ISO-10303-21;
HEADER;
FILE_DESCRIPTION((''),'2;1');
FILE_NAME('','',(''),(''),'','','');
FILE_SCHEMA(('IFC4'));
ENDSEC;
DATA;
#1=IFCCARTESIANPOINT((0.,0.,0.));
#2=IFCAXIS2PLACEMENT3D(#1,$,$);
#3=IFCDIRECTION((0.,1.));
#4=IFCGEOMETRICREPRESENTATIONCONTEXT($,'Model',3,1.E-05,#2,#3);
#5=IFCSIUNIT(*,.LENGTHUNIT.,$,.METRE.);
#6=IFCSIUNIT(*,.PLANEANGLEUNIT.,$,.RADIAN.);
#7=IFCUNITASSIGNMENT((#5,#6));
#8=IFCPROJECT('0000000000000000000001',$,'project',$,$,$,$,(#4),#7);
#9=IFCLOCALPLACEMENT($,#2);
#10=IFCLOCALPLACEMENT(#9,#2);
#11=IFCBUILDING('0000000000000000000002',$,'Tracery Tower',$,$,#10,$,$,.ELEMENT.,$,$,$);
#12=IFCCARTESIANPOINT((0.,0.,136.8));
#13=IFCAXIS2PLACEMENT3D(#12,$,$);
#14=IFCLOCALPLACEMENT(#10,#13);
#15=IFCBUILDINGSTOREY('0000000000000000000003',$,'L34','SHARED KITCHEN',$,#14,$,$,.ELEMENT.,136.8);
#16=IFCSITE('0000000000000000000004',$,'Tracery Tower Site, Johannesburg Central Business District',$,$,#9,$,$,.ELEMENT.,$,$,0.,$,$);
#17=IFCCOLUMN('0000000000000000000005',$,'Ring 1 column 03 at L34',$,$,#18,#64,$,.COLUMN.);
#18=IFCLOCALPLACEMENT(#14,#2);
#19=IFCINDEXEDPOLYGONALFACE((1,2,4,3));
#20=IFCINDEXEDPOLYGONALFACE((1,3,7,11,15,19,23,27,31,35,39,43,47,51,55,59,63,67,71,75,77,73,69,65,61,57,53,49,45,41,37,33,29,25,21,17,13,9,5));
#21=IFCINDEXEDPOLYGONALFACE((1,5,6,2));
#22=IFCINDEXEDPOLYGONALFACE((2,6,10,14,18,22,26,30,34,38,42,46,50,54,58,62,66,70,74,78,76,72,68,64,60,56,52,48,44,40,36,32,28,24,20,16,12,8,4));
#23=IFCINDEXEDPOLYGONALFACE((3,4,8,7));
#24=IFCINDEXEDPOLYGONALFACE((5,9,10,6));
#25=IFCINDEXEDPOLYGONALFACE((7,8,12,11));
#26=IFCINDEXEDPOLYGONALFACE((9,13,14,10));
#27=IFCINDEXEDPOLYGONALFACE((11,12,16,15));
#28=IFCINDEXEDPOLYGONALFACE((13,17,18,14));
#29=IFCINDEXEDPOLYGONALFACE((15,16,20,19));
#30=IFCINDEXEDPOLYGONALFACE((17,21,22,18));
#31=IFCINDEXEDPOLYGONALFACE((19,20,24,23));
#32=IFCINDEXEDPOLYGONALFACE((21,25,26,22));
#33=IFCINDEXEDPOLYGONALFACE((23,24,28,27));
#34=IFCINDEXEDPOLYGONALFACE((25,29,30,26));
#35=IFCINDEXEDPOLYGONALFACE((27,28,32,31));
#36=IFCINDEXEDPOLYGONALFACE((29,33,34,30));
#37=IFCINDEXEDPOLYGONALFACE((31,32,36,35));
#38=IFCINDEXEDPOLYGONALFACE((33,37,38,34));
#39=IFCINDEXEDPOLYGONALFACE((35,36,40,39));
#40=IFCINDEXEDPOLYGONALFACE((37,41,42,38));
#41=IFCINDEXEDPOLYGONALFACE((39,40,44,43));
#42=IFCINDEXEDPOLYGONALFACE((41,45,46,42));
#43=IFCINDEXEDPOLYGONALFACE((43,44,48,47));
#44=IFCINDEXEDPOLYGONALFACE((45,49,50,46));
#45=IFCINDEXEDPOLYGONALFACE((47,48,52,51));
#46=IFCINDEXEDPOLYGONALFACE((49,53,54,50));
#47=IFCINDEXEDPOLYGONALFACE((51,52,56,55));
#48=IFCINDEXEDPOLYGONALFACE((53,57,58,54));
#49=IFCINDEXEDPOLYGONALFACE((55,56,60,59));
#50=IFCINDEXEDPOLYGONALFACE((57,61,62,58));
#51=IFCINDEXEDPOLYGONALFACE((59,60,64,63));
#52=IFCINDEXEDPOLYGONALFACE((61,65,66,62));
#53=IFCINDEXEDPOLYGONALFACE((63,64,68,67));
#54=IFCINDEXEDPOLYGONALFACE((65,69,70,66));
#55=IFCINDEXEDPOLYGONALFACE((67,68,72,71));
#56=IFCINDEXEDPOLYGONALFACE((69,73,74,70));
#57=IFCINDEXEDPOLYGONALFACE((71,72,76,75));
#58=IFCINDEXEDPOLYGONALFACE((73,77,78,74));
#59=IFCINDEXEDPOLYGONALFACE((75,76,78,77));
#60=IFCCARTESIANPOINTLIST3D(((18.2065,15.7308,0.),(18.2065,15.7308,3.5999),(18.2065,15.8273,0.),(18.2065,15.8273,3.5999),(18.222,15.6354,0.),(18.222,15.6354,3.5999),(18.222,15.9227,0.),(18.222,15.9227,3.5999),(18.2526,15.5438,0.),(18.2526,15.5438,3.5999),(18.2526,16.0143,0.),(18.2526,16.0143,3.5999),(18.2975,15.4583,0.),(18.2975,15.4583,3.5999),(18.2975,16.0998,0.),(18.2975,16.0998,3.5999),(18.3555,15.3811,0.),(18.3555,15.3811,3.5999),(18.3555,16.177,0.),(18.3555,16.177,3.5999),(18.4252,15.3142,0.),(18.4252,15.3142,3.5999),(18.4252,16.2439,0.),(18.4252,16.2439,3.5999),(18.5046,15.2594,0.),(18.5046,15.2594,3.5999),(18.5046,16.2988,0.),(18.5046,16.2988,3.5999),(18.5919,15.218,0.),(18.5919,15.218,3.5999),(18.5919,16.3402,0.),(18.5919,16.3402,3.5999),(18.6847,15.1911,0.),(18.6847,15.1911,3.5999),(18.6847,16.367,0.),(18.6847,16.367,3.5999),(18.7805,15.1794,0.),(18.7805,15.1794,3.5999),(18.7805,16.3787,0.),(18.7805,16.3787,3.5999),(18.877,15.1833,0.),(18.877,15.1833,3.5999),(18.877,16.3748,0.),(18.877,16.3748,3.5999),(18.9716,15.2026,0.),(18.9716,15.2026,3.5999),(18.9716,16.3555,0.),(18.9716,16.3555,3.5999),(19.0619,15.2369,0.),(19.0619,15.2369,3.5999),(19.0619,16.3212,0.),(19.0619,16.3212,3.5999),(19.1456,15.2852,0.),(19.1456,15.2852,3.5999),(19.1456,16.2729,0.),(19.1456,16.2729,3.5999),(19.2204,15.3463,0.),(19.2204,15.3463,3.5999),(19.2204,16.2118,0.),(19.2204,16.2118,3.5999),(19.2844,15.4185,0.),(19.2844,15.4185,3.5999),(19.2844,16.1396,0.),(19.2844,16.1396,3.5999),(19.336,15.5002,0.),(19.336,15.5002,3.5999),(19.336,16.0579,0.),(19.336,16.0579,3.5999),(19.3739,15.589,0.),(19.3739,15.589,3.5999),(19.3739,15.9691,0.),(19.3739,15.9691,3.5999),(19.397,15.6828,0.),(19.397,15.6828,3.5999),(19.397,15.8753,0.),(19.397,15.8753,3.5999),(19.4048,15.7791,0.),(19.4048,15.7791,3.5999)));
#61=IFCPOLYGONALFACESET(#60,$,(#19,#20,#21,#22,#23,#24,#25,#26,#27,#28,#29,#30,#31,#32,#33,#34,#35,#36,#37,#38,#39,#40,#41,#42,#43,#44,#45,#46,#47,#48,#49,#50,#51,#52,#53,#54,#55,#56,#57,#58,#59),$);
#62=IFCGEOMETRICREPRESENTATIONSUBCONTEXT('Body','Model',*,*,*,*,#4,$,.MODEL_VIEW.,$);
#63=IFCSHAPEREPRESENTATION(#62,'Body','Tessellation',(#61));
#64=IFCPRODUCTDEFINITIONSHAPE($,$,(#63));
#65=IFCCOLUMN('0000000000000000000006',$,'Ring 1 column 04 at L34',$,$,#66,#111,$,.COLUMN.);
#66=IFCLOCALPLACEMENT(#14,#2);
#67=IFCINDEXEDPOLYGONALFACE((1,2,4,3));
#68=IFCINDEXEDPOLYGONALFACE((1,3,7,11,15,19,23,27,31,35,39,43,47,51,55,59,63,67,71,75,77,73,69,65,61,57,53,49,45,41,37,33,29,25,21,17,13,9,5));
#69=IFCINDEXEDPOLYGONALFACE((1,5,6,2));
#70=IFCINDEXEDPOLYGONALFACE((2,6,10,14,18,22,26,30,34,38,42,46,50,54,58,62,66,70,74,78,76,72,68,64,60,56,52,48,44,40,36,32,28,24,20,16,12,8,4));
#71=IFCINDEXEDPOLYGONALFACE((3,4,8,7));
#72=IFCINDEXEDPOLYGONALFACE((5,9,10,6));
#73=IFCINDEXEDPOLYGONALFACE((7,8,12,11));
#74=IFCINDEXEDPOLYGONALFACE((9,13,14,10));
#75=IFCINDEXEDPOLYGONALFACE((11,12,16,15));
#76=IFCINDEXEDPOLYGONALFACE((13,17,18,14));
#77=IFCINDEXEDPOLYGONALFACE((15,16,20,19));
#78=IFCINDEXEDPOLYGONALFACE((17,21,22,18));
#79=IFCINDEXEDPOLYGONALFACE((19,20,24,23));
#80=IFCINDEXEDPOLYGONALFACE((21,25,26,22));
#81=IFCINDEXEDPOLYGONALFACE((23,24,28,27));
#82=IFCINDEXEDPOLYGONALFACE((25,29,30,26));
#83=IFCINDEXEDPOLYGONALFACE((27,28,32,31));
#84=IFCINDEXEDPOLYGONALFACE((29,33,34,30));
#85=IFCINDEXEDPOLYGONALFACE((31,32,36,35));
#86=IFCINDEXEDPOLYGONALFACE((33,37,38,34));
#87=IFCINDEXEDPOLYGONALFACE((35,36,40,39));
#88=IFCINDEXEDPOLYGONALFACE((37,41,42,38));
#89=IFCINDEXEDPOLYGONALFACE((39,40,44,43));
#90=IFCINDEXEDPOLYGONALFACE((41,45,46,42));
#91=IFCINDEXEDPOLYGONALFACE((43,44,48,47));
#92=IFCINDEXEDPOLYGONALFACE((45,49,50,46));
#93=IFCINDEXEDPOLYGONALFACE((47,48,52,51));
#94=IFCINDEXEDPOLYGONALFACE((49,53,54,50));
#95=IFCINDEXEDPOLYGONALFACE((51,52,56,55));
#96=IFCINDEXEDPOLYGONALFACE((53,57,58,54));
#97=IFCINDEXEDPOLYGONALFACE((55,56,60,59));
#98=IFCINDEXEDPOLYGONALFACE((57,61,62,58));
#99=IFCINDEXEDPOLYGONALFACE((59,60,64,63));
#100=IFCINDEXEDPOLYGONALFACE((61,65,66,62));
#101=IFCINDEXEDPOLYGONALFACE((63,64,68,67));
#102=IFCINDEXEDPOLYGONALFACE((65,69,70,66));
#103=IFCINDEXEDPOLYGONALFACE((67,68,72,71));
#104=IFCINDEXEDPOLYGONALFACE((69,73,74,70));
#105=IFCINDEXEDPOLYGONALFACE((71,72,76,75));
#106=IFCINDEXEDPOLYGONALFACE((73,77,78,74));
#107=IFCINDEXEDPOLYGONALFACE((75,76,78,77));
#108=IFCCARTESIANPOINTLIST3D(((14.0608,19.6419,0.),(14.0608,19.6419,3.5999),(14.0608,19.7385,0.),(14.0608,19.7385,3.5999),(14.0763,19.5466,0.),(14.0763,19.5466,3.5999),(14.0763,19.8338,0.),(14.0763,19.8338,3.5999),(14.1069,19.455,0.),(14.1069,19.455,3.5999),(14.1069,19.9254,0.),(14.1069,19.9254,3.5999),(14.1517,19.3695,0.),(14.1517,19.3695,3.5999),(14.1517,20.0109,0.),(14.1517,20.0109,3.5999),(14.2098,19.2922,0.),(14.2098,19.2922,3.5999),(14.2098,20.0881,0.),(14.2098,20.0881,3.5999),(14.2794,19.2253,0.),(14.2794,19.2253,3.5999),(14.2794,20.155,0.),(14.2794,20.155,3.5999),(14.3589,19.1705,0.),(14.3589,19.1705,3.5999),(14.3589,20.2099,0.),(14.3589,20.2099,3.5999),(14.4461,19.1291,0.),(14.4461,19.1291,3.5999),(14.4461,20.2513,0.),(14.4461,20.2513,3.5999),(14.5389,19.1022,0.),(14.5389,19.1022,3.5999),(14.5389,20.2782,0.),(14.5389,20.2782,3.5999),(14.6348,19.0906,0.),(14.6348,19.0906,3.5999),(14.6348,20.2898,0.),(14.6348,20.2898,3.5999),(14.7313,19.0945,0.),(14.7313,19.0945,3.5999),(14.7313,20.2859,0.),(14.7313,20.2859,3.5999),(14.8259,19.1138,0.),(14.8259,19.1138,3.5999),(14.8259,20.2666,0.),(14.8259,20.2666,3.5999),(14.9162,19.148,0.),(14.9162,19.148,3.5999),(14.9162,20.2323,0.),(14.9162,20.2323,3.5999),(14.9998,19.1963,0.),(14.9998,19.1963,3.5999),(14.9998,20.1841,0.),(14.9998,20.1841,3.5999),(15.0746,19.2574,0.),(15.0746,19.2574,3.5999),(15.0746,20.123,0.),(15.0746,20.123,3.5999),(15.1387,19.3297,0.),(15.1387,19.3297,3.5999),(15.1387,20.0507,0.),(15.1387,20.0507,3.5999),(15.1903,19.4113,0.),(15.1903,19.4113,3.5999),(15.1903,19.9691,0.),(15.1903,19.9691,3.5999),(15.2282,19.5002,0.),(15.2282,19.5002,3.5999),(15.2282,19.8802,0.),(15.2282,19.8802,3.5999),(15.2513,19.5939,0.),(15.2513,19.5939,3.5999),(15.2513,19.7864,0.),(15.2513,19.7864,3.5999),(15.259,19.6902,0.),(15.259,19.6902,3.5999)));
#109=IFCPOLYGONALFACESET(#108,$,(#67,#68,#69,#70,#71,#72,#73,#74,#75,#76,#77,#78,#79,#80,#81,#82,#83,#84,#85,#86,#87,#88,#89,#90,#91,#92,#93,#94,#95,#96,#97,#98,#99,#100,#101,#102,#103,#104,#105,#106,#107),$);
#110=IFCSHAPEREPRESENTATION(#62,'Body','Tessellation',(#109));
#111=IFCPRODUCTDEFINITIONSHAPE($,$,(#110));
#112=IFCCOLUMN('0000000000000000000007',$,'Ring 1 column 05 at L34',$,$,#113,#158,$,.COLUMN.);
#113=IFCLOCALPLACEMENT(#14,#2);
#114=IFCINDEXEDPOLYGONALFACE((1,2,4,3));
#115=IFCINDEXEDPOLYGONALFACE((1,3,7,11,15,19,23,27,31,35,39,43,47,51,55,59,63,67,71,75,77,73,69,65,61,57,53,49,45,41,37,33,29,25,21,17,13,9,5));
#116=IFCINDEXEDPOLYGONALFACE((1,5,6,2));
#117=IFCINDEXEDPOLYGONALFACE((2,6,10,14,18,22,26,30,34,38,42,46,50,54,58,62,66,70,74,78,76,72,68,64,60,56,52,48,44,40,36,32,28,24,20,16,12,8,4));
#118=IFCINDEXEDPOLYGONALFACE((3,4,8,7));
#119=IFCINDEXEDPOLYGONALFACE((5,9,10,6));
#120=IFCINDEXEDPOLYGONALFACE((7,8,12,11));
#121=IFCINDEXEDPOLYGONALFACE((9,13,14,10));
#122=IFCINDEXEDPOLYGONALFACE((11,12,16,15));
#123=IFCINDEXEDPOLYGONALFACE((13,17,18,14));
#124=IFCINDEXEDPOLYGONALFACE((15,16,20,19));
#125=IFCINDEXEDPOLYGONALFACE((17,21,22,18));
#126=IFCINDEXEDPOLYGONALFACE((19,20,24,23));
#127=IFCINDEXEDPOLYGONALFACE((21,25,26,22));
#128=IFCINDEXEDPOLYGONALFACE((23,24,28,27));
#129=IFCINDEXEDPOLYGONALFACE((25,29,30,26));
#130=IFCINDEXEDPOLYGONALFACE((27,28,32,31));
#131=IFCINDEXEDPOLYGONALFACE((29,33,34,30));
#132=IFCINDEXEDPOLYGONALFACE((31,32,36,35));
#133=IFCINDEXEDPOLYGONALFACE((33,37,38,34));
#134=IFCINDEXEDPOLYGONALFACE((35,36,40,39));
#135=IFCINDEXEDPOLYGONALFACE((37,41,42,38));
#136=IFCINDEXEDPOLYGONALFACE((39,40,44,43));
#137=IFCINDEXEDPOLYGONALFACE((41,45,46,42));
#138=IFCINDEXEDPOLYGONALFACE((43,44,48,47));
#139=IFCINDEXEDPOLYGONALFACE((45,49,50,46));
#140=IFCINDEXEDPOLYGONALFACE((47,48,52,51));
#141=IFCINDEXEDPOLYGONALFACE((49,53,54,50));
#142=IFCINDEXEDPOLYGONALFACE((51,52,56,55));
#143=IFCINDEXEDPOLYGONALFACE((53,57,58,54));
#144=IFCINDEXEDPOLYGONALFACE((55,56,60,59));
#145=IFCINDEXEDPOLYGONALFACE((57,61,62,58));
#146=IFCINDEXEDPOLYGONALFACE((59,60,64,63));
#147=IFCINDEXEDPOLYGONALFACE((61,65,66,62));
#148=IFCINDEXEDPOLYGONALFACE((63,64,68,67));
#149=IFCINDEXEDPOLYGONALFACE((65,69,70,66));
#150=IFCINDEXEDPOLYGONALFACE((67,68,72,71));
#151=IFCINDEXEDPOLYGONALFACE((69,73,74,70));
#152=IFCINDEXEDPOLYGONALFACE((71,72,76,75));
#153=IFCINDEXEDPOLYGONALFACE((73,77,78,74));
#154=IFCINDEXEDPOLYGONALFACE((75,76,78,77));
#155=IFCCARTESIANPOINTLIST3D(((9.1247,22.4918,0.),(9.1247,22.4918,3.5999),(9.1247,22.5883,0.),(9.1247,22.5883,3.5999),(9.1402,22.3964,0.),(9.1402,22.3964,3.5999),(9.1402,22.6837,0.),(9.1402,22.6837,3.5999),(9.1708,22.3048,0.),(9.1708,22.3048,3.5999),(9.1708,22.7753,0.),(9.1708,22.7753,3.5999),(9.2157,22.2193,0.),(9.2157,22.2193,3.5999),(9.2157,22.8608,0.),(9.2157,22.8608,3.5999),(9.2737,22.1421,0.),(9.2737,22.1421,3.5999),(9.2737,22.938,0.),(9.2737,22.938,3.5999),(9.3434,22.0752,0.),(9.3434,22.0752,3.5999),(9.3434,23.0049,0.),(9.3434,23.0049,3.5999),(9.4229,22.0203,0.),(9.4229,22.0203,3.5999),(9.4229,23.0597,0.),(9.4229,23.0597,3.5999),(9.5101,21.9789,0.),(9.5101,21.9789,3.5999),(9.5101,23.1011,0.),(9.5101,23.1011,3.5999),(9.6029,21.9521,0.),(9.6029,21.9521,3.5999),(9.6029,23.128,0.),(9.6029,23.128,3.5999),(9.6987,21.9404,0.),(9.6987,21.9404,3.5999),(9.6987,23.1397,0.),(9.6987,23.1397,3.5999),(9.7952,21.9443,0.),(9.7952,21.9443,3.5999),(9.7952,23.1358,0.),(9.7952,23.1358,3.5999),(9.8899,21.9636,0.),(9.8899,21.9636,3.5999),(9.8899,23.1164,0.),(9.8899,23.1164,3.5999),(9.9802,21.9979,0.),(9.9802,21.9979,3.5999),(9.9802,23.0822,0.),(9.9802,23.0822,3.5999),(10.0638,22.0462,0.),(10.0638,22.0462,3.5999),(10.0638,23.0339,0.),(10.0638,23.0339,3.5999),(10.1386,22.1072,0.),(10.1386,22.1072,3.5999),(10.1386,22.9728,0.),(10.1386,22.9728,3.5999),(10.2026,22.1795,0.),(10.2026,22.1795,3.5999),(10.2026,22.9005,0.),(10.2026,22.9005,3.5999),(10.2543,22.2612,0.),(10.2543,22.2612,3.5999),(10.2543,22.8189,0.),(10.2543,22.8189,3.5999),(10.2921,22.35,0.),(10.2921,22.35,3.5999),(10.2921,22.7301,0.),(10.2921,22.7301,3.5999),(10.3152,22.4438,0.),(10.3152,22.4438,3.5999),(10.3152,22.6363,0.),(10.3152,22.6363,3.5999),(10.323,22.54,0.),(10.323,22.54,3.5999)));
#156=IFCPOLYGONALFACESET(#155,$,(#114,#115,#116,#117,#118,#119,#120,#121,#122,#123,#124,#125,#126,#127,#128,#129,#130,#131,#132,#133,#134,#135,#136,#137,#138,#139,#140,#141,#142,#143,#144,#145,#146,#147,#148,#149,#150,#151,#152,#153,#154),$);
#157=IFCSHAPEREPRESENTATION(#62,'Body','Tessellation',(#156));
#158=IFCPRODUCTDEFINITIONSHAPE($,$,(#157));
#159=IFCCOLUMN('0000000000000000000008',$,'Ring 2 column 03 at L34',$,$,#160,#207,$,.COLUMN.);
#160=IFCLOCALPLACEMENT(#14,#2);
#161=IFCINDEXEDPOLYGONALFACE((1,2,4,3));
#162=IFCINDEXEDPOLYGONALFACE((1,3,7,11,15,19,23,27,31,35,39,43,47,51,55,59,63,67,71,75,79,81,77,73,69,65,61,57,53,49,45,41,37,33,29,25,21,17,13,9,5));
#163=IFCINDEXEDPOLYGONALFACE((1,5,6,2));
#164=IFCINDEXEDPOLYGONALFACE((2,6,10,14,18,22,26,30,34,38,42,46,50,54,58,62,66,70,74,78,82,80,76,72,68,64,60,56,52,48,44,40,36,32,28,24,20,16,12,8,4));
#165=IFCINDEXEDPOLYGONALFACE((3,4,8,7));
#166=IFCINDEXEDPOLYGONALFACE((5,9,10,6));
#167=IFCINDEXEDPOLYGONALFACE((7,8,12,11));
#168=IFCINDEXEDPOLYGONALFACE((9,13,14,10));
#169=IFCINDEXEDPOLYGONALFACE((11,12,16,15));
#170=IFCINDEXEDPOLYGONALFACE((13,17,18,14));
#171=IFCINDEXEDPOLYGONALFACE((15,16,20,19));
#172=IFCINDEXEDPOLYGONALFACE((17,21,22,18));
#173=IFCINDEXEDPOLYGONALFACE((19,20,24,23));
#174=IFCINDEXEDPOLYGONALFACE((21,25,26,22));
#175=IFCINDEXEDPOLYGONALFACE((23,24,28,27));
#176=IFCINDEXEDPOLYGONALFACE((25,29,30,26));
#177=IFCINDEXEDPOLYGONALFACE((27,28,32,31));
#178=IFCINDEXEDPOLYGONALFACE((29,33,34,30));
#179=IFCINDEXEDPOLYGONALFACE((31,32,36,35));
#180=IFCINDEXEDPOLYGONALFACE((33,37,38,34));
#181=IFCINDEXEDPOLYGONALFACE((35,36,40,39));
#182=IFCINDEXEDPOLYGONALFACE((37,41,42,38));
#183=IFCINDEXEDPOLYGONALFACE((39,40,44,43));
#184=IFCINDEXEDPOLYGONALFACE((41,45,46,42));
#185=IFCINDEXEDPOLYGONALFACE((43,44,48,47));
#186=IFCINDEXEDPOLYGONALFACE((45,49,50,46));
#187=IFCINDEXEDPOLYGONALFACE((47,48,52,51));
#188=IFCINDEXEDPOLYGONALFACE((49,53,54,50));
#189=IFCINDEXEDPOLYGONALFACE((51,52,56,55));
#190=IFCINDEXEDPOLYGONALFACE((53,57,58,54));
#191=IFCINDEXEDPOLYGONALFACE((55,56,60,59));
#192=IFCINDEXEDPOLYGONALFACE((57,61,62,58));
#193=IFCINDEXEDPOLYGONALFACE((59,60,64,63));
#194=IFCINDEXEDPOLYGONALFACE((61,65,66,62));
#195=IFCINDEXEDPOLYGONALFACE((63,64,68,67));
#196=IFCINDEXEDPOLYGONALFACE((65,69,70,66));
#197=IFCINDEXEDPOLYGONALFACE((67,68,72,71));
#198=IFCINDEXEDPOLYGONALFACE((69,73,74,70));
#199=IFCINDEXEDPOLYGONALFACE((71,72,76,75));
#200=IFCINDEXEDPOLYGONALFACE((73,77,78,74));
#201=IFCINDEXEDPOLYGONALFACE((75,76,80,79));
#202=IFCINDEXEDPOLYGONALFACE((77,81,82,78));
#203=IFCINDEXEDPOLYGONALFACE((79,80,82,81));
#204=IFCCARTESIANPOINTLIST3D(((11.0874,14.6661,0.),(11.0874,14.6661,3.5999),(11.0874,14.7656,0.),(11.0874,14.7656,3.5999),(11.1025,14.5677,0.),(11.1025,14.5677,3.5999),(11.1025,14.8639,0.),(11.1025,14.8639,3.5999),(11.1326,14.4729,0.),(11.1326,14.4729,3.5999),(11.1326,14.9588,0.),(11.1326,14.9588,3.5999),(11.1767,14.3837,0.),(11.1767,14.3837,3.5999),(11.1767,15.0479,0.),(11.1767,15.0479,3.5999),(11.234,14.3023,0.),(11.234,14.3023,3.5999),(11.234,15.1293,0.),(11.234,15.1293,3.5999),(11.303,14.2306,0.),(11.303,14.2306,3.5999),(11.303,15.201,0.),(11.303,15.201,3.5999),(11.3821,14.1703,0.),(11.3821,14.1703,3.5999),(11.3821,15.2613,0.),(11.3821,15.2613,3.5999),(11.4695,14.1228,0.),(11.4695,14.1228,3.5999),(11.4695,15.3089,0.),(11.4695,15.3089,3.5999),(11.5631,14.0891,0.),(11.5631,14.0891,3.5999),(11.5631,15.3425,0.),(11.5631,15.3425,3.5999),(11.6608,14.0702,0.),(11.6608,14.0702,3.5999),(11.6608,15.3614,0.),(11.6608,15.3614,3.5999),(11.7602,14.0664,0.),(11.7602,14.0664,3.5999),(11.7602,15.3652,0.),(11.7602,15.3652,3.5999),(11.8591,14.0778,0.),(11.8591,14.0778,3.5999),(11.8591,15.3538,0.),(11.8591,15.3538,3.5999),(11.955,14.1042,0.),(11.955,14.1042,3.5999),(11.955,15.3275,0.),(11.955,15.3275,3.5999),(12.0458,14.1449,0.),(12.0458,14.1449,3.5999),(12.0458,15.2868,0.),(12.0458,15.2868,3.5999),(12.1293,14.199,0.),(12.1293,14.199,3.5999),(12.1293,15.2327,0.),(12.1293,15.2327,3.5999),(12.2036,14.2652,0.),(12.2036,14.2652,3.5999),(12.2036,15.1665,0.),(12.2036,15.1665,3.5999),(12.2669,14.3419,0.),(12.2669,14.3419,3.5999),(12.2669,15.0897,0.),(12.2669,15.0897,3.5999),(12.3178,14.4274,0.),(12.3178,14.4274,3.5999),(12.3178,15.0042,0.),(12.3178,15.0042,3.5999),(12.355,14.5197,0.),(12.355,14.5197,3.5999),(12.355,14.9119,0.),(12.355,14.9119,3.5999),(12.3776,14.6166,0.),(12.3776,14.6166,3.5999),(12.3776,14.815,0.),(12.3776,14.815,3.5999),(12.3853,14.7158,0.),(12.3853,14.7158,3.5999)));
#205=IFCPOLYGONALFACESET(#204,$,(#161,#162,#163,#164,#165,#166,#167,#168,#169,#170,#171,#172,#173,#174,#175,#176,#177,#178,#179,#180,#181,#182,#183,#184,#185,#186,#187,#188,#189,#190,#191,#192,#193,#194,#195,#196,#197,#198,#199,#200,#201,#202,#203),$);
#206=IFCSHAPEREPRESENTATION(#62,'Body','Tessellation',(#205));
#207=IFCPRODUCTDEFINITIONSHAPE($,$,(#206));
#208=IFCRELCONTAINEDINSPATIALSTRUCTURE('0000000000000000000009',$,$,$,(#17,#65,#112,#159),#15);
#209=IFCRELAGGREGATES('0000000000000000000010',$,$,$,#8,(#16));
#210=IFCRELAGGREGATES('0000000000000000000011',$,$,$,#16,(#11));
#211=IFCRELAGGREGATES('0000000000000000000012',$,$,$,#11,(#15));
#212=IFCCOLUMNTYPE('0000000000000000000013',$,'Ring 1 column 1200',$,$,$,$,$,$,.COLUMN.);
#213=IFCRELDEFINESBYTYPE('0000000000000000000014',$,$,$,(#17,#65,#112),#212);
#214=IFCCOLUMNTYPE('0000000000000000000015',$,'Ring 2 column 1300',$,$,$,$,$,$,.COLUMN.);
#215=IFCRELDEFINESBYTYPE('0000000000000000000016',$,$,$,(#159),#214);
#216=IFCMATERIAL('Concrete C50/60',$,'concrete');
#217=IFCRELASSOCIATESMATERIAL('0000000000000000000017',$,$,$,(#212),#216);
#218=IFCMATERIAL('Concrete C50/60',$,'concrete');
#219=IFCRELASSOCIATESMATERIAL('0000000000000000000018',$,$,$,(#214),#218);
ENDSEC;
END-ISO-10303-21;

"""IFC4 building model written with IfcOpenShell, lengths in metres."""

from ifc_helpers import new_model, si_unit, direction, frame, origin, origin_2d, place, context, subcontext, project, spatial, circle, extrude, material, material_profile, profile_set, type_object, element, save


model = new_model("IFC4")

# Units and contexts
model_context = context("Model", 3, precision=1e-05, world=origin(), true_north=direction((0.0, 1.0)))
body_context = subcontext(model_context, "Body", "Model", "MODEL_VIEW")
ifc_project = project(units=[si_unit("LENGTHUNIT", "METRE"), si_unit("PLANEANGLEUNIT", "RADIAN")], contexts=[model_context])

# Site, building, storey
site_placement = place(None, origin())
site = spatial("IfcSite", under=ifc_project, at=site_placement, Name="Tracery Tower Site, Johannesburg Central Business District", CompositionType="ELEMENT", RefElevation=0.0)
building_placement = place(site_placement, origin())
building = spatial("IfcBuilding", under=site, at=building_placement, Name="Tracery Tower", CompositionType="ELEMENT")
storey_placement = place(building_placement, frame((0.0, 0.0, 136.8)))
storey = spatial("IfcBuildingStorey", under=building, at=storey_placement, Name="L34", Description="SHARED KITCHEN", CompositionType="ELEMENT", Elevation=136.8)

# Columns
ifc_material_1 = material(Name="Concrete C50/60", Category="concrete")
ifc_material_profile_1 = material_profile(ifc_material_1, circle(Radius=0.6001, at=origin_2d()), Name="RC D1200")
ifc_profile_set_1 = profile_set([ifc_material_profile_1], Name="Concrete C50/60")
column_type_1 = type_object("IfcColumnType", Name="Ring 1 column 1200", PredefinedType="COLUMN", material=ifc_profile_set_1)
for number, where, z_axis, x_axis, name in (
    (1, (18.8047, 15.7791, 0.0), (0.0, 0.0, 1.0), (1.0, 0.0, 0.0), "Ring 1 column 03 at L34"),
    (2, (14.6589, 19.6902, 0.0), (0.0, 0.0, 1.0), (1.0, 0.0, 0.0), "Ring 1 column 04 at L34"),
    (3, (9.7229, 22.54, 0.0), (0.0, 0.0, 1.0), (1.0, 0.0, 0.0), "Ring 1 column 05 at L34"),
):
    element("IfcColumn", number, at=place(storey_placement, frame(where, z_axis=z_axis, x_axis=x_axis)), inside=storey, type_object=column_type_1, Name=name, PredefinedType="COLUMN", context=body_context, shape_type="SweptSolid", body=[
        extrude(circle(Radius=0.6001, at=origin_2d()), origin(), (0.0, 0.0, 1.0), 3.5999),
    ])
ifc_material_2 = material(Name="Concrete C50/60", Category="concrete")
ifc_material_profile_2 = material_profile(ifc_material_2, circle(Radius=0.6499, at=origin_2d()), Name="RC D1300")
ifc_profile_set_2 = profile_set([ifc_material_profile_2], Name="Concrete C50/60")
column_type_2 = type_object("IfcColumnType", Name="Ring 2 column 1300", PredefinedType="COLUMN", material=ifc_profile_set_2)
column_placement = place(storey_placement, frame((11.7354, 14.7158, 0.0), z_axis=(0.0, 0.0, 1.0), x_axis=(1.0, 0.0, 0.0)))
element("IfcColumn", 4, at=column_placement, inside=storey, type_object=column_type_2, Name="Ring 2 column 03 at L34", PredefinedType="COLUMN", context=body_context, shape_type="SweptSolid", body=[
    extrude(circle(Radius=0.6499, at=origin_2d()), origin(), (0.0, 0.0, 1.0), 3.5999),
])

save(model, "model.ifc")
